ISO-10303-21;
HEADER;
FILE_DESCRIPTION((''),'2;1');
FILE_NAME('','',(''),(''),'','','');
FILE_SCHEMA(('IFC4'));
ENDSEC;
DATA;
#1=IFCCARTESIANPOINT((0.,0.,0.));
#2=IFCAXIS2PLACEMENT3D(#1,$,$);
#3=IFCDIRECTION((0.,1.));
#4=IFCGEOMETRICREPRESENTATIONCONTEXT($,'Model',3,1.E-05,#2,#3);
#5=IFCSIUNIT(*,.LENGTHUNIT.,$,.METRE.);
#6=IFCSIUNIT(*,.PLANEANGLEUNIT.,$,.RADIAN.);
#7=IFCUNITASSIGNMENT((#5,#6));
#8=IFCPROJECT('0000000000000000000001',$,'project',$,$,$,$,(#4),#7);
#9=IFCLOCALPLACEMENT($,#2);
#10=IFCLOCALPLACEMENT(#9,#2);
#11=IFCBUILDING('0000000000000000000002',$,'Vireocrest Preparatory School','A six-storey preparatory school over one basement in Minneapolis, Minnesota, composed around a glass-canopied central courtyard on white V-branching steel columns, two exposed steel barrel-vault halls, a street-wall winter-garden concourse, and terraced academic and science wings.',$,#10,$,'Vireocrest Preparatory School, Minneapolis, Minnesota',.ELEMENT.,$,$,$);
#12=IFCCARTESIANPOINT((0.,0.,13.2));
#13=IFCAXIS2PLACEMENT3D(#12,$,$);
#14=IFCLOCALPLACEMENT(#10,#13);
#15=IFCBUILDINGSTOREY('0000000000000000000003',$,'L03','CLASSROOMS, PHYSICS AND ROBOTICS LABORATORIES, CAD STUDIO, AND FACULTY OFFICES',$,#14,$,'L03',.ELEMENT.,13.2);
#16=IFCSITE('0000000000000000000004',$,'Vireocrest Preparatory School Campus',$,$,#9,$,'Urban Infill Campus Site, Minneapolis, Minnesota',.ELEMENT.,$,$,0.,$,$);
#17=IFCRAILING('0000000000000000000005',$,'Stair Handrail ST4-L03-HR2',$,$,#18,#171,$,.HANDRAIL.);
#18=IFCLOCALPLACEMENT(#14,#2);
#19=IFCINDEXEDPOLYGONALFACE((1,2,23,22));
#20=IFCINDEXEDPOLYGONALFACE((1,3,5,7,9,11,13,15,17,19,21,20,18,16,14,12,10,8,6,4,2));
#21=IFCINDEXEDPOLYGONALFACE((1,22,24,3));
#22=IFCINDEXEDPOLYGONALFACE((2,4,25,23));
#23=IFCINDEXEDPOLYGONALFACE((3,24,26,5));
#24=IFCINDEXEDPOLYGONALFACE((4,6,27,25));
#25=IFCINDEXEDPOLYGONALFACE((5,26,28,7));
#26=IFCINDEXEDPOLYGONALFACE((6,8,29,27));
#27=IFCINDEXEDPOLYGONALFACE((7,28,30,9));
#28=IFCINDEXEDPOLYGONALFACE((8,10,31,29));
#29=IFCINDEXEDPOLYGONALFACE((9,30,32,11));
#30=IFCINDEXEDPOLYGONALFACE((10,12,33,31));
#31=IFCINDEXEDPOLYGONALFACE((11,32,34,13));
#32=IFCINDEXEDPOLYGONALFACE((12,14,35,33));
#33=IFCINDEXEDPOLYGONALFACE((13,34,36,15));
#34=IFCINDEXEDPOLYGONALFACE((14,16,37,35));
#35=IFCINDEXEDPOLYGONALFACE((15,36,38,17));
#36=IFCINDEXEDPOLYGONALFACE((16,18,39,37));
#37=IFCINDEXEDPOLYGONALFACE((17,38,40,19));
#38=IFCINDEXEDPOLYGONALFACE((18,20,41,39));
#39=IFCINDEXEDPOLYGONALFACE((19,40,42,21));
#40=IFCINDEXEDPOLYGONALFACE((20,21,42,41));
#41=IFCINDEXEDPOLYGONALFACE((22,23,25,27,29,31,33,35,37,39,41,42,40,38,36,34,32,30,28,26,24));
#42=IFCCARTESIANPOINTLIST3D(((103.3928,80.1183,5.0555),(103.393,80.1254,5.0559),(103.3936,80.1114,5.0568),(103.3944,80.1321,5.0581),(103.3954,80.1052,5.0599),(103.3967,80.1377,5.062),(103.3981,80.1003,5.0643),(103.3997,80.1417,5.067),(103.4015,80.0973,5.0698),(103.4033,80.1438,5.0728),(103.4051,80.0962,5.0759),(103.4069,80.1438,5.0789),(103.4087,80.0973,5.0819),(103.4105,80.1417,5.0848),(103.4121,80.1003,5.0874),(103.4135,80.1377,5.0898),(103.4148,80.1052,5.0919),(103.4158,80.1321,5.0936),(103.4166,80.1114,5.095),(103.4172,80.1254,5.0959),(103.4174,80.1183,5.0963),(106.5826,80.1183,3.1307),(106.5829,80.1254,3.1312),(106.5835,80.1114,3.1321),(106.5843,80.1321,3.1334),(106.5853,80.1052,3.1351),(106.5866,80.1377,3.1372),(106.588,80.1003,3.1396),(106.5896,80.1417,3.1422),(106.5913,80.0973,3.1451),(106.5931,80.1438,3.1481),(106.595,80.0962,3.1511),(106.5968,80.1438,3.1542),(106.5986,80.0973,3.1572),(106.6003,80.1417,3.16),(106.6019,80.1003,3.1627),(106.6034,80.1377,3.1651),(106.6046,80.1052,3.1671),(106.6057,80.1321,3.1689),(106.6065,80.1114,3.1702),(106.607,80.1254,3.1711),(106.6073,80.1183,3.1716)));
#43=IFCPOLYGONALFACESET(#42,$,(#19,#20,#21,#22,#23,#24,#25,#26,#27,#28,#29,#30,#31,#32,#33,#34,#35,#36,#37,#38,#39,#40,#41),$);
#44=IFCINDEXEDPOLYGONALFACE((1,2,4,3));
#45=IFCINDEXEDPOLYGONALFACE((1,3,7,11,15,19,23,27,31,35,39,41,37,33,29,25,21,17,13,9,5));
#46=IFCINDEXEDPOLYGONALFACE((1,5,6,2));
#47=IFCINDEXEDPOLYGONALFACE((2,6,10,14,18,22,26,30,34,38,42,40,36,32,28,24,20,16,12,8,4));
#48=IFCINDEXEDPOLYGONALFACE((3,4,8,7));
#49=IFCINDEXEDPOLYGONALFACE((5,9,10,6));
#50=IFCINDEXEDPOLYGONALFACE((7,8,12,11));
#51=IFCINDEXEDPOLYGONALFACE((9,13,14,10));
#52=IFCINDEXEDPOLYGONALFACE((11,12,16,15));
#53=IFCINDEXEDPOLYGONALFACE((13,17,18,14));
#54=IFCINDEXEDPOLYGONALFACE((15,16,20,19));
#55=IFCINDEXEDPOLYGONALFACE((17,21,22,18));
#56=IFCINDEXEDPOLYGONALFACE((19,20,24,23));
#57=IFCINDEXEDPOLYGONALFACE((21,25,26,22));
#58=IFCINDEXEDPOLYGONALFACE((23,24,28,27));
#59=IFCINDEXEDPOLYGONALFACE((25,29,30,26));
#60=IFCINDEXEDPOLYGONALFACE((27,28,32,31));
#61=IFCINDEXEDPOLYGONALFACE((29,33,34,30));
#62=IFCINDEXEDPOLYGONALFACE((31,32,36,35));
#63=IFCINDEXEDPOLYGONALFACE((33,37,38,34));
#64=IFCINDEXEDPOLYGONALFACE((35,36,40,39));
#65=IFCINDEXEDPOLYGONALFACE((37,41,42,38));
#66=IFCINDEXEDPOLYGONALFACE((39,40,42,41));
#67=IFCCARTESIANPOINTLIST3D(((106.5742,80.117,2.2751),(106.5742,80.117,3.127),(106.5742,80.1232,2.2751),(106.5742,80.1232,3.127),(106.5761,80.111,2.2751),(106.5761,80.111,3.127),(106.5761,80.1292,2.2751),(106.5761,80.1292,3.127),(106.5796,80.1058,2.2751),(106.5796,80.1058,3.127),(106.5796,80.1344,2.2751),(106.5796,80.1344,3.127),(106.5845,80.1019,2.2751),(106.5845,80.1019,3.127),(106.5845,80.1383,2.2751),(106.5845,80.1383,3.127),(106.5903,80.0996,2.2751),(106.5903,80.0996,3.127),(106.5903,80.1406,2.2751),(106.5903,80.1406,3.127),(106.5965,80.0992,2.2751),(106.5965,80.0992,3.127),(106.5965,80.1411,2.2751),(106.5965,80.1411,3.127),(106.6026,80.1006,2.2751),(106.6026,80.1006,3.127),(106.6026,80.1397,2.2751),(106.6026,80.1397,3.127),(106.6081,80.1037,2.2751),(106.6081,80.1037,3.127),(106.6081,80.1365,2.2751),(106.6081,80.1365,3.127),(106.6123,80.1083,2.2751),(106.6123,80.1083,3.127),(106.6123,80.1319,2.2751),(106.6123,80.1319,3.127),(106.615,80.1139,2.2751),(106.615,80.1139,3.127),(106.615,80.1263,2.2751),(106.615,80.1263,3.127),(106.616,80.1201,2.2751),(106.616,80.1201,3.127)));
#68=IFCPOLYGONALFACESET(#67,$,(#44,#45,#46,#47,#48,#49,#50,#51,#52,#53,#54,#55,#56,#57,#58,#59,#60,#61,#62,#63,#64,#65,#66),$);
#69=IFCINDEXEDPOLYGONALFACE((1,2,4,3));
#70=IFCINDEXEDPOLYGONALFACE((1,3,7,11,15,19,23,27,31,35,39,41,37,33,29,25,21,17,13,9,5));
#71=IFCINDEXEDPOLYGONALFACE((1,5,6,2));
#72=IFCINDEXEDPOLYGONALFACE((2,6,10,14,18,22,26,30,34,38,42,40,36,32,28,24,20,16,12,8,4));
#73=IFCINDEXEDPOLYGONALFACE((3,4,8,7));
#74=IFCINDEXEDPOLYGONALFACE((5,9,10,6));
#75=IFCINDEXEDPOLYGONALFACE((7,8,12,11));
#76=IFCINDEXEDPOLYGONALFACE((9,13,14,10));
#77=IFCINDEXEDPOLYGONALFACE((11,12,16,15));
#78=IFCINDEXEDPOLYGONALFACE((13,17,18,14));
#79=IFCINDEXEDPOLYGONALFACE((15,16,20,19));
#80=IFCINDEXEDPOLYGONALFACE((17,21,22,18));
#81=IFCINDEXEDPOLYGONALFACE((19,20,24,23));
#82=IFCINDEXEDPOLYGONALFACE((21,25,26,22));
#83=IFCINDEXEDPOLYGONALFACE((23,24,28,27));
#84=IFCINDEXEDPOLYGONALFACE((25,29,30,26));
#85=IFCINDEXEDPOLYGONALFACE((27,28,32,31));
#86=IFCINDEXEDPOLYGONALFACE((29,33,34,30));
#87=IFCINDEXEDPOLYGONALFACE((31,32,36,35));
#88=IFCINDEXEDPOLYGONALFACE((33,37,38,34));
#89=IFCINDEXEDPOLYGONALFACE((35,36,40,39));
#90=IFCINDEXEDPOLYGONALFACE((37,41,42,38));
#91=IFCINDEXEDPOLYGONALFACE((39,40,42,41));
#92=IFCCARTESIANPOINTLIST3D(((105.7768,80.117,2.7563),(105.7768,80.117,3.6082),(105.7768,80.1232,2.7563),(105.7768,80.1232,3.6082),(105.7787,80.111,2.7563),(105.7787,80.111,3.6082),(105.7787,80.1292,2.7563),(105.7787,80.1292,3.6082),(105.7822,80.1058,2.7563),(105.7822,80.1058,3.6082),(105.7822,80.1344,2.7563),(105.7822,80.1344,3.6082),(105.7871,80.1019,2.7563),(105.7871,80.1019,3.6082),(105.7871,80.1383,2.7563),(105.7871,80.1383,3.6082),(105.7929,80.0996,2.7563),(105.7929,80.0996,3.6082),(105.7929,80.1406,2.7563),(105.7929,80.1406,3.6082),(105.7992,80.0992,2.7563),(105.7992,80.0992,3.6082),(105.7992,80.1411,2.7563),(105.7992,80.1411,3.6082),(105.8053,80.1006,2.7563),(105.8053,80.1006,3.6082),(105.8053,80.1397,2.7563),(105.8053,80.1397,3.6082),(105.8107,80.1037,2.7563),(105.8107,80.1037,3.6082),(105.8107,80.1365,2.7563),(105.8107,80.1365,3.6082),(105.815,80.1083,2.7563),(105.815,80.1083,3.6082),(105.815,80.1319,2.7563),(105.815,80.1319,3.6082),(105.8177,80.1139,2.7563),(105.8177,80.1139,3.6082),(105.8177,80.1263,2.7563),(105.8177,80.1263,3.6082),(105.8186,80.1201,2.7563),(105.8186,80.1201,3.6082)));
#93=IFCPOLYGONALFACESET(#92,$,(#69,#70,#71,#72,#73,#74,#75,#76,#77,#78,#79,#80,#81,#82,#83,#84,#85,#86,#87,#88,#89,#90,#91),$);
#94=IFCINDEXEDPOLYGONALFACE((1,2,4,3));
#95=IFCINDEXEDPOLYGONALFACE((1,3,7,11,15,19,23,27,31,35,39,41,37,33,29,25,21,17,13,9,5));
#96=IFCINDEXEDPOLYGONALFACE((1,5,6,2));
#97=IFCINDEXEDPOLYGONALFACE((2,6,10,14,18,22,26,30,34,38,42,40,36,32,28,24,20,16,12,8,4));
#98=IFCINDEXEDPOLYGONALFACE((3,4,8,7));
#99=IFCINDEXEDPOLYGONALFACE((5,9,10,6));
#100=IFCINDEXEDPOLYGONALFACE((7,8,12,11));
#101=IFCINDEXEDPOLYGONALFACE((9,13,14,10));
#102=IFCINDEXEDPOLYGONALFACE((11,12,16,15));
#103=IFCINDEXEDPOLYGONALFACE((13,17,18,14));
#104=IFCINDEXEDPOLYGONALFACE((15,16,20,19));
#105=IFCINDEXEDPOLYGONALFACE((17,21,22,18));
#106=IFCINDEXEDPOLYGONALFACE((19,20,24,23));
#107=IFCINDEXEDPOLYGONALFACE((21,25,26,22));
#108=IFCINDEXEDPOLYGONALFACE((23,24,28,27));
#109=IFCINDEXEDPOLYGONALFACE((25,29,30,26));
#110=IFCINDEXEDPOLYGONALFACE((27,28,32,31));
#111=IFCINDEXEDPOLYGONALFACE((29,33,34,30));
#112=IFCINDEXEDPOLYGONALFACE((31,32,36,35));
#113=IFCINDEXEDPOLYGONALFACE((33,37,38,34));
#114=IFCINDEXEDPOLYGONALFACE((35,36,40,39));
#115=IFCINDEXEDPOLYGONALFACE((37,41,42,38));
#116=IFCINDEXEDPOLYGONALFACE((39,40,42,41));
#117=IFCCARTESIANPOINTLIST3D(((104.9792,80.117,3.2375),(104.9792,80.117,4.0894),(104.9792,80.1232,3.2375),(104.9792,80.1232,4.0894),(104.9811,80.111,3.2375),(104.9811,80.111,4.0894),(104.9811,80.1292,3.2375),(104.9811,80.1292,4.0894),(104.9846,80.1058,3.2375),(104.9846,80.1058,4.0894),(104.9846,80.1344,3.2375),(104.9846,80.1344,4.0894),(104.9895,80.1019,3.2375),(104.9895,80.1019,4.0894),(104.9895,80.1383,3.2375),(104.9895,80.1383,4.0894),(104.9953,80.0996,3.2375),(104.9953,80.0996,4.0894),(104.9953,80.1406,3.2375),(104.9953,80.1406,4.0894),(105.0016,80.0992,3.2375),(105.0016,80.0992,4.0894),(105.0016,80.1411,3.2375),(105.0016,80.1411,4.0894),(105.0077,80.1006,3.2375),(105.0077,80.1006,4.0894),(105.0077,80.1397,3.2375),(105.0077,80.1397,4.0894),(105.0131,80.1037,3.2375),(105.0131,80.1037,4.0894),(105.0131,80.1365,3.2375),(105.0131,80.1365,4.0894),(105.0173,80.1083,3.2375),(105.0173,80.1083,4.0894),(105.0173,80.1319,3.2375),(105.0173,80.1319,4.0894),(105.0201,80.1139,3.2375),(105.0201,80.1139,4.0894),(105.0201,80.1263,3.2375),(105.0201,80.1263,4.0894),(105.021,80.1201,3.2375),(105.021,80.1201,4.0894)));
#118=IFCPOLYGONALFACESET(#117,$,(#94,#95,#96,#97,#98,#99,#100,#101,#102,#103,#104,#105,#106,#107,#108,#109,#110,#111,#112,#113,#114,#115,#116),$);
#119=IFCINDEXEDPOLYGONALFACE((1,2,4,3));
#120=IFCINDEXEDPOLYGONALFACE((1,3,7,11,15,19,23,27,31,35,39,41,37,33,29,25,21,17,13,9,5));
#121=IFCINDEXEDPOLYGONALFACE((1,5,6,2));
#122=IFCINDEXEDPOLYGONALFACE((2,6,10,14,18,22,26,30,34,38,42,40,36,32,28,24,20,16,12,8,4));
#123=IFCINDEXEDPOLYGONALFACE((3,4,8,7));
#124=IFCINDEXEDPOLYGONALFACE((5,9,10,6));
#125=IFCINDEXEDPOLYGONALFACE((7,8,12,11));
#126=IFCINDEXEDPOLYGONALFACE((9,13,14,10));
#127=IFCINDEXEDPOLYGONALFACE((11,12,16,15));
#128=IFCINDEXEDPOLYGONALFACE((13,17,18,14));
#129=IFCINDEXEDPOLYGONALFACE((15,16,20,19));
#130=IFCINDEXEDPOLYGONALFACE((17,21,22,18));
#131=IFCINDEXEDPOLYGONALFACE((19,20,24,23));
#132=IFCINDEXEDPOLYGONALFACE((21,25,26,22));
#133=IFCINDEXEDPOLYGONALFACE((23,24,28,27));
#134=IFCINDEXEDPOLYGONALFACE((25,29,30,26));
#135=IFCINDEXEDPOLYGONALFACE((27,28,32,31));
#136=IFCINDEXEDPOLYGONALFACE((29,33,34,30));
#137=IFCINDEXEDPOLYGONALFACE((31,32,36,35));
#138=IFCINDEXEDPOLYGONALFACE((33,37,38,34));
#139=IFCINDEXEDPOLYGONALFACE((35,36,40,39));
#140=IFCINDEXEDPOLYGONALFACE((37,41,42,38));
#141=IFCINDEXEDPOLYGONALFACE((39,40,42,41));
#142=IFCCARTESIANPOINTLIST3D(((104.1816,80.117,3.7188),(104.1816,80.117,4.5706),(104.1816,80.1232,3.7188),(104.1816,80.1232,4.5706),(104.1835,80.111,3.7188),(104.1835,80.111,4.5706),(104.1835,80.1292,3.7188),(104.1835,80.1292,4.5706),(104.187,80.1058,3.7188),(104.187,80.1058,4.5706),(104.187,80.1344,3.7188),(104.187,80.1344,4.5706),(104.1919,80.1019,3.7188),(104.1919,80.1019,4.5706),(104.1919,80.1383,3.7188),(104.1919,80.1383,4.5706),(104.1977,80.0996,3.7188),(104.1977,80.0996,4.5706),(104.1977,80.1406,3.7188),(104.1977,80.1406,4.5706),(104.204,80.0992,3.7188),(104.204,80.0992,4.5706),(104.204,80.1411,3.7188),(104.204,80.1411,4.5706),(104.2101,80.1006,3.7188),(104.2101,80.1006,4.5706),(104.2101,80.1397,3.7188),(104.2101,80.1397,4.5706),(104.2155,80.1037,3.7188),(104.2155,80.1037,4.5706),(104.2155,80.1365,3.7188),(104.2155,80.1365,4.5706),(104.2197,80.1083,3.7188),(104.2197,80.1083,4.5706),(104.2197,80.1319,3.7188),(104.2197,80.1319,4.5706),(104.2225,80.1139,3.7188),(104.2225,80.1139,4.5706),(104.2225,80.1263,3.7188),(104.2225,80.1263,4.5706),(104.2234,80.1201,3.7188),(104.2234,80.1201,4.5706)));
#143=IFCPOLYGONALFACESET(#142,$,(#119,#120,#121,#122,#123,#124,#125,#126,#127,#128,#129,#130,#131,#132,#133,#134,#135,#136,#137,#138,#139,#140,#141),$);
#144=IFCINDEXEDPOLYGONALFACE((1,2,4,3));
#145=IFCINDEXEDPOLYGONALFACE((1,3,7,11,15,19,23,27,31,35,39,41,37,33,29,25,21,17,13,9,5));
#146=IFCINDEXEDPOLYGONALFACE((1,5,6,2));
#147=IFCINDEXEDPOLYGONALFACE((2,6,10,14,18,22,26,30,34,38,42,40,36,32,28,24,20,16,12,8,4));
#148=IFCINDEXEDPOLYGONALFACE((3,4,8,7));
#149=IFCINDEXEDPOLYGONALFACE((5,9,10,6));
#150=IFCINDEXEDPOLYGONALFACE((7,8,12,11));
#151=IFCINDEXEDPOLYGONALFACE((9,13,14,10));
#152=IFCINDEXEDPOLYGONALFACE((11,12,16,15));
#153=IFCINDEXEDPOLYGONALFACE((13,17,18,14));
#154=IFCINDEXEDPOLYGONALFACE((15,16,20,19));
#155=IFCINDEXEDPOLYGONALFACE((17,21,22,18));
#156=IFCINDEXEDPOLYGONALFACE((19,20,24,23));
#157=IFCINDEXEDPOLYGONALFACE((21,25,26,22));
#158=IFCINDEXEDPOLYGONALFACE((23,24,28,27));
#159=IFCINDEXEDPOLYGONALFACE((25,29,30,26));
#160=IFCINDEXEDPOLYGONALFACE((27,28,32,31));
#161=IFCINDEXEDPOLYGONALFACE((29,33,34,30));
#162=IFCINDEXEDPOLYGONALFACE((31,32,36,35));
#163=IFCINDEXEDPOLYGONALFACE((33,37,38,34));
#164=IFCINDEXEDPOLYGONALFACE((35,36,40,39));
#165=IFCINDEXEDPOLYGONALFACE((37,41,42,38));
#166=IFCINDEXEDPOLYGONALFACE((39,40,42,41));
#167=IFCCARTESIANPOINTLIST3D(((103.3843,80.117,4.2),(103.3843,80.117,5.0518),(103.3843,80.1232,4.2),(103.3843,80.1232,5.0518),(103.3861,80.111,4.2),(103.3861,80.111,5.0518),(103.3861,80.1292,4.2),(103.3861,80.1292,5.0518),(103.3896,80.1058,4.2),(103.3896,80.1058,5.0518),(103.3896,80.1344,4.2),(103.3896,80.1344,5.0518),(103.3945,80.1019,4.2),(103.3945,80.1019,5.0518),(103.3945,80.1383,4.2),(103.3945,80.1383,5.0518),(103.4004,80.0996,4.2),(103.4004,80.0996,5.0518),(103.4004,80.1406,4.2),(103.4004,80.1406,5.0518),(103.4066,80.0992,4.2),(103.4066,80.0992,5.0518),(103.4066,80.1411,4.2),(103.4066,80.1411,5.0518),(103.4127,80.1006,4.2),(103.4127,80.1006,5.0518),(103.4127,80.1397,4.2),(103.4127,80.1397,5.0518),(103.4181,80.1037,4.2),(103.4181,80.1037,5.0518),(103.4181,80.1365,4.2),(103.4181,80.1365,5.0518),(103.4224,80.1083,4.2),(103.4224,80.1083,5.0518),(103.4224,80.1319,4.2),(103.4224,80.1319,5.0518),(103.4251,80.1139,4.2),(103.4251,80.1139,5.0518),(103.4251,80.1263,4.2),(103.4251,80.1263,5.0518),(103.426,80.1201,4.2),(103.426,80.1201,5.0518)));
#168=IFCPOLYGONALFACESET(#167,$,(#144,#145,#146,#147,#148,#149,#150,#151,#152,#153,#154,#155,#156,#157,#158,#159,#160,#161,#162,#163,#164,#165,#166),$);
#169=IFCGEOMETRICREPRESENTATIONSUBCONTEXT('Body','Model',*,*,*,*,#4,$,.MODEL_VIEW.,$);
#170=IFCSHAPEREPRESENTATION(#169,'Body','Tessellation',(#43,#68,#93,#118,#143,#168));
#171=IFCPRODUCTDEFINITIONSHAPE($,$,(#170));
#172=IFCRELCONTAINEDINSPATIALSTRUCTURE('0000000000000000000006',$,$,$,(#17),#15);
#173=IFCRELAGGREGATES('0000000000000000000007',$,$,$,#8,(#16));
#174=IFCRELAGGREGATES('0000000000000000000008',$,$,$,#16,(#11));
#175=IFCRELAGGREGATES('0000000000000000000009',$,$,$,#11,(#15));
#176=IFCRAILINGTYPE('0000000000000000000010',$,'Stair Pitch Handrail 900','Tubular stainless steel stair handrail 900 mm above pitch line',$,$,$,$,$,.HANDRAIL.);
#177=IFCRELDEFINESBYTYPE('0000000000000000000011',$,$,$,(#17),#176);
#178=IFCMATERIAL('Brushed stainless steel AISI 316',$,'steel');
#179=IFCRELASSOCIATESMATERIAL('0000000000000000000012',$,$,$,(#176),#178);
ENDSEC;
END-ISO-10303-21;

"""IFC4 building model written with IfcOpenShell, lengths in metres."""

from ifc_helpers import new_model, si_unit, direction, frame, origin, origin_2d, place, context, subcontext, project, spatial, circle, extrude, material, type_object, element, save


model = new_model("IFC4")

# Units and contexts
model_context = context("Model", 3, precision=1e-05, world=origin(), true_north=direction((0.0, 1.0)))
body_context = subcontext(model_context, "Body", "Model", "MODEL_VIEW")
ifc_project = project(units=[si_unit("LENGTHUNIT", "METRE"), si_unit("PLANEANGLEUNIT", "RADIAN")], contexts=[model_context])

# Site, building, storey
site_placement = place(None, origin())
site = spatial("IfcSite", under=ifc_project, at=site_placement, Name="Vireocrest Preparatory School Campus", LongName="Urban Infill Campus Site, Minneapolis, Minnesota", CompositionType="ELEMENT", RefElevation=0.0)
building_placement = place(site_placement, origin())
building = spatial("IfcBuilding", under=site, at=building_placement, Name="Vireocrest Preparatory School", Description="A six-storey preparatory school over one basement in Minneapolis, Minnesota, composed around a glass-canopied central courtyard on white V-branching steel columns, two exposed steel barrel-vault halls, a street-wall winter-garden concourse, and terraced academic and science wings.", LongName="Vireocrest Preparatory School, Minneapolis, Minnesota", CompositionType="ELEMENT")
storey_placement = place(building_placement, frame((0.0, 0.0, 13.2)))
storey = spatial("IfcBuildingStorey", under=building, at=storey_placement, Name="L03", Description="CLASSROOMS, PHYSICS AND ROBOTICS LABORATORIES, CAD STUDIO, AND FACULTY OFFICES", LongName="L03", CompositionType="ELEMENT", Elevation=13.2)

# Railing
ifc_material_1 = material(Name="Brushed stainless steel AISI 316", Category="steel")
railing_type_1 = type_object("IfcRailingType", Name="Stair Pitch Handrail 900", Description="Tubular stainless steel stair handrail 900 mm above pitch line", PredefinedType="HANDRAIL", material=ifc_material_1)
railing_1_placement = place(storey_placement, frame((106.595, 80.1201, 2.2751)))
element("IfcRailing", 1, at=railing_1_placement, inside=storey, type_object=railing_type_1, Name="Stair Handrail ST4-L03-HR2", PredefinedType="HANDRAIL", context=body_context, shape_type="SweptSolid", body=[
    extrude(circle(Radius=0.0239, at=origin_2d()), frame((0.0, 0.0, 0.876), z_axis=(-0.856207, 0.0, 0.516633), x_axis=(0.0, -1.0, 0.0)), (0.0, 0.0, 1.0), 3.7256),
    extrude(circle(Radius=0.021, at=origin_2d()), origin(), (0.0, 0.0, 1.0), 0.8518),
    extrude(circle(Radius=0.021, at=origin_2d()), frame((-0.7974, 0.0, 0.4812)), (0.0, 0.0, 1.0), 0.8518),
    extrude(circle(Radius=0.021, at=origin_2d()), frame((-1.595, 0.0, 0.9624)), (0.0, 0.0, 1.0), 0.8518),
    extrude(circle(Radius=0.021, at=origin_2d()), frame((-2.3926, 0.0, 1.4436)), (0.0, 0.0, 1.0), 0.8518),
    extrude(circle(Radius=0.021, at=origin_2d()), frame((-3.1899, 0.0, 1.9248)), (0.0, 0.0, 1.0), 0.8518),
])

save(model, "model.ifc")
